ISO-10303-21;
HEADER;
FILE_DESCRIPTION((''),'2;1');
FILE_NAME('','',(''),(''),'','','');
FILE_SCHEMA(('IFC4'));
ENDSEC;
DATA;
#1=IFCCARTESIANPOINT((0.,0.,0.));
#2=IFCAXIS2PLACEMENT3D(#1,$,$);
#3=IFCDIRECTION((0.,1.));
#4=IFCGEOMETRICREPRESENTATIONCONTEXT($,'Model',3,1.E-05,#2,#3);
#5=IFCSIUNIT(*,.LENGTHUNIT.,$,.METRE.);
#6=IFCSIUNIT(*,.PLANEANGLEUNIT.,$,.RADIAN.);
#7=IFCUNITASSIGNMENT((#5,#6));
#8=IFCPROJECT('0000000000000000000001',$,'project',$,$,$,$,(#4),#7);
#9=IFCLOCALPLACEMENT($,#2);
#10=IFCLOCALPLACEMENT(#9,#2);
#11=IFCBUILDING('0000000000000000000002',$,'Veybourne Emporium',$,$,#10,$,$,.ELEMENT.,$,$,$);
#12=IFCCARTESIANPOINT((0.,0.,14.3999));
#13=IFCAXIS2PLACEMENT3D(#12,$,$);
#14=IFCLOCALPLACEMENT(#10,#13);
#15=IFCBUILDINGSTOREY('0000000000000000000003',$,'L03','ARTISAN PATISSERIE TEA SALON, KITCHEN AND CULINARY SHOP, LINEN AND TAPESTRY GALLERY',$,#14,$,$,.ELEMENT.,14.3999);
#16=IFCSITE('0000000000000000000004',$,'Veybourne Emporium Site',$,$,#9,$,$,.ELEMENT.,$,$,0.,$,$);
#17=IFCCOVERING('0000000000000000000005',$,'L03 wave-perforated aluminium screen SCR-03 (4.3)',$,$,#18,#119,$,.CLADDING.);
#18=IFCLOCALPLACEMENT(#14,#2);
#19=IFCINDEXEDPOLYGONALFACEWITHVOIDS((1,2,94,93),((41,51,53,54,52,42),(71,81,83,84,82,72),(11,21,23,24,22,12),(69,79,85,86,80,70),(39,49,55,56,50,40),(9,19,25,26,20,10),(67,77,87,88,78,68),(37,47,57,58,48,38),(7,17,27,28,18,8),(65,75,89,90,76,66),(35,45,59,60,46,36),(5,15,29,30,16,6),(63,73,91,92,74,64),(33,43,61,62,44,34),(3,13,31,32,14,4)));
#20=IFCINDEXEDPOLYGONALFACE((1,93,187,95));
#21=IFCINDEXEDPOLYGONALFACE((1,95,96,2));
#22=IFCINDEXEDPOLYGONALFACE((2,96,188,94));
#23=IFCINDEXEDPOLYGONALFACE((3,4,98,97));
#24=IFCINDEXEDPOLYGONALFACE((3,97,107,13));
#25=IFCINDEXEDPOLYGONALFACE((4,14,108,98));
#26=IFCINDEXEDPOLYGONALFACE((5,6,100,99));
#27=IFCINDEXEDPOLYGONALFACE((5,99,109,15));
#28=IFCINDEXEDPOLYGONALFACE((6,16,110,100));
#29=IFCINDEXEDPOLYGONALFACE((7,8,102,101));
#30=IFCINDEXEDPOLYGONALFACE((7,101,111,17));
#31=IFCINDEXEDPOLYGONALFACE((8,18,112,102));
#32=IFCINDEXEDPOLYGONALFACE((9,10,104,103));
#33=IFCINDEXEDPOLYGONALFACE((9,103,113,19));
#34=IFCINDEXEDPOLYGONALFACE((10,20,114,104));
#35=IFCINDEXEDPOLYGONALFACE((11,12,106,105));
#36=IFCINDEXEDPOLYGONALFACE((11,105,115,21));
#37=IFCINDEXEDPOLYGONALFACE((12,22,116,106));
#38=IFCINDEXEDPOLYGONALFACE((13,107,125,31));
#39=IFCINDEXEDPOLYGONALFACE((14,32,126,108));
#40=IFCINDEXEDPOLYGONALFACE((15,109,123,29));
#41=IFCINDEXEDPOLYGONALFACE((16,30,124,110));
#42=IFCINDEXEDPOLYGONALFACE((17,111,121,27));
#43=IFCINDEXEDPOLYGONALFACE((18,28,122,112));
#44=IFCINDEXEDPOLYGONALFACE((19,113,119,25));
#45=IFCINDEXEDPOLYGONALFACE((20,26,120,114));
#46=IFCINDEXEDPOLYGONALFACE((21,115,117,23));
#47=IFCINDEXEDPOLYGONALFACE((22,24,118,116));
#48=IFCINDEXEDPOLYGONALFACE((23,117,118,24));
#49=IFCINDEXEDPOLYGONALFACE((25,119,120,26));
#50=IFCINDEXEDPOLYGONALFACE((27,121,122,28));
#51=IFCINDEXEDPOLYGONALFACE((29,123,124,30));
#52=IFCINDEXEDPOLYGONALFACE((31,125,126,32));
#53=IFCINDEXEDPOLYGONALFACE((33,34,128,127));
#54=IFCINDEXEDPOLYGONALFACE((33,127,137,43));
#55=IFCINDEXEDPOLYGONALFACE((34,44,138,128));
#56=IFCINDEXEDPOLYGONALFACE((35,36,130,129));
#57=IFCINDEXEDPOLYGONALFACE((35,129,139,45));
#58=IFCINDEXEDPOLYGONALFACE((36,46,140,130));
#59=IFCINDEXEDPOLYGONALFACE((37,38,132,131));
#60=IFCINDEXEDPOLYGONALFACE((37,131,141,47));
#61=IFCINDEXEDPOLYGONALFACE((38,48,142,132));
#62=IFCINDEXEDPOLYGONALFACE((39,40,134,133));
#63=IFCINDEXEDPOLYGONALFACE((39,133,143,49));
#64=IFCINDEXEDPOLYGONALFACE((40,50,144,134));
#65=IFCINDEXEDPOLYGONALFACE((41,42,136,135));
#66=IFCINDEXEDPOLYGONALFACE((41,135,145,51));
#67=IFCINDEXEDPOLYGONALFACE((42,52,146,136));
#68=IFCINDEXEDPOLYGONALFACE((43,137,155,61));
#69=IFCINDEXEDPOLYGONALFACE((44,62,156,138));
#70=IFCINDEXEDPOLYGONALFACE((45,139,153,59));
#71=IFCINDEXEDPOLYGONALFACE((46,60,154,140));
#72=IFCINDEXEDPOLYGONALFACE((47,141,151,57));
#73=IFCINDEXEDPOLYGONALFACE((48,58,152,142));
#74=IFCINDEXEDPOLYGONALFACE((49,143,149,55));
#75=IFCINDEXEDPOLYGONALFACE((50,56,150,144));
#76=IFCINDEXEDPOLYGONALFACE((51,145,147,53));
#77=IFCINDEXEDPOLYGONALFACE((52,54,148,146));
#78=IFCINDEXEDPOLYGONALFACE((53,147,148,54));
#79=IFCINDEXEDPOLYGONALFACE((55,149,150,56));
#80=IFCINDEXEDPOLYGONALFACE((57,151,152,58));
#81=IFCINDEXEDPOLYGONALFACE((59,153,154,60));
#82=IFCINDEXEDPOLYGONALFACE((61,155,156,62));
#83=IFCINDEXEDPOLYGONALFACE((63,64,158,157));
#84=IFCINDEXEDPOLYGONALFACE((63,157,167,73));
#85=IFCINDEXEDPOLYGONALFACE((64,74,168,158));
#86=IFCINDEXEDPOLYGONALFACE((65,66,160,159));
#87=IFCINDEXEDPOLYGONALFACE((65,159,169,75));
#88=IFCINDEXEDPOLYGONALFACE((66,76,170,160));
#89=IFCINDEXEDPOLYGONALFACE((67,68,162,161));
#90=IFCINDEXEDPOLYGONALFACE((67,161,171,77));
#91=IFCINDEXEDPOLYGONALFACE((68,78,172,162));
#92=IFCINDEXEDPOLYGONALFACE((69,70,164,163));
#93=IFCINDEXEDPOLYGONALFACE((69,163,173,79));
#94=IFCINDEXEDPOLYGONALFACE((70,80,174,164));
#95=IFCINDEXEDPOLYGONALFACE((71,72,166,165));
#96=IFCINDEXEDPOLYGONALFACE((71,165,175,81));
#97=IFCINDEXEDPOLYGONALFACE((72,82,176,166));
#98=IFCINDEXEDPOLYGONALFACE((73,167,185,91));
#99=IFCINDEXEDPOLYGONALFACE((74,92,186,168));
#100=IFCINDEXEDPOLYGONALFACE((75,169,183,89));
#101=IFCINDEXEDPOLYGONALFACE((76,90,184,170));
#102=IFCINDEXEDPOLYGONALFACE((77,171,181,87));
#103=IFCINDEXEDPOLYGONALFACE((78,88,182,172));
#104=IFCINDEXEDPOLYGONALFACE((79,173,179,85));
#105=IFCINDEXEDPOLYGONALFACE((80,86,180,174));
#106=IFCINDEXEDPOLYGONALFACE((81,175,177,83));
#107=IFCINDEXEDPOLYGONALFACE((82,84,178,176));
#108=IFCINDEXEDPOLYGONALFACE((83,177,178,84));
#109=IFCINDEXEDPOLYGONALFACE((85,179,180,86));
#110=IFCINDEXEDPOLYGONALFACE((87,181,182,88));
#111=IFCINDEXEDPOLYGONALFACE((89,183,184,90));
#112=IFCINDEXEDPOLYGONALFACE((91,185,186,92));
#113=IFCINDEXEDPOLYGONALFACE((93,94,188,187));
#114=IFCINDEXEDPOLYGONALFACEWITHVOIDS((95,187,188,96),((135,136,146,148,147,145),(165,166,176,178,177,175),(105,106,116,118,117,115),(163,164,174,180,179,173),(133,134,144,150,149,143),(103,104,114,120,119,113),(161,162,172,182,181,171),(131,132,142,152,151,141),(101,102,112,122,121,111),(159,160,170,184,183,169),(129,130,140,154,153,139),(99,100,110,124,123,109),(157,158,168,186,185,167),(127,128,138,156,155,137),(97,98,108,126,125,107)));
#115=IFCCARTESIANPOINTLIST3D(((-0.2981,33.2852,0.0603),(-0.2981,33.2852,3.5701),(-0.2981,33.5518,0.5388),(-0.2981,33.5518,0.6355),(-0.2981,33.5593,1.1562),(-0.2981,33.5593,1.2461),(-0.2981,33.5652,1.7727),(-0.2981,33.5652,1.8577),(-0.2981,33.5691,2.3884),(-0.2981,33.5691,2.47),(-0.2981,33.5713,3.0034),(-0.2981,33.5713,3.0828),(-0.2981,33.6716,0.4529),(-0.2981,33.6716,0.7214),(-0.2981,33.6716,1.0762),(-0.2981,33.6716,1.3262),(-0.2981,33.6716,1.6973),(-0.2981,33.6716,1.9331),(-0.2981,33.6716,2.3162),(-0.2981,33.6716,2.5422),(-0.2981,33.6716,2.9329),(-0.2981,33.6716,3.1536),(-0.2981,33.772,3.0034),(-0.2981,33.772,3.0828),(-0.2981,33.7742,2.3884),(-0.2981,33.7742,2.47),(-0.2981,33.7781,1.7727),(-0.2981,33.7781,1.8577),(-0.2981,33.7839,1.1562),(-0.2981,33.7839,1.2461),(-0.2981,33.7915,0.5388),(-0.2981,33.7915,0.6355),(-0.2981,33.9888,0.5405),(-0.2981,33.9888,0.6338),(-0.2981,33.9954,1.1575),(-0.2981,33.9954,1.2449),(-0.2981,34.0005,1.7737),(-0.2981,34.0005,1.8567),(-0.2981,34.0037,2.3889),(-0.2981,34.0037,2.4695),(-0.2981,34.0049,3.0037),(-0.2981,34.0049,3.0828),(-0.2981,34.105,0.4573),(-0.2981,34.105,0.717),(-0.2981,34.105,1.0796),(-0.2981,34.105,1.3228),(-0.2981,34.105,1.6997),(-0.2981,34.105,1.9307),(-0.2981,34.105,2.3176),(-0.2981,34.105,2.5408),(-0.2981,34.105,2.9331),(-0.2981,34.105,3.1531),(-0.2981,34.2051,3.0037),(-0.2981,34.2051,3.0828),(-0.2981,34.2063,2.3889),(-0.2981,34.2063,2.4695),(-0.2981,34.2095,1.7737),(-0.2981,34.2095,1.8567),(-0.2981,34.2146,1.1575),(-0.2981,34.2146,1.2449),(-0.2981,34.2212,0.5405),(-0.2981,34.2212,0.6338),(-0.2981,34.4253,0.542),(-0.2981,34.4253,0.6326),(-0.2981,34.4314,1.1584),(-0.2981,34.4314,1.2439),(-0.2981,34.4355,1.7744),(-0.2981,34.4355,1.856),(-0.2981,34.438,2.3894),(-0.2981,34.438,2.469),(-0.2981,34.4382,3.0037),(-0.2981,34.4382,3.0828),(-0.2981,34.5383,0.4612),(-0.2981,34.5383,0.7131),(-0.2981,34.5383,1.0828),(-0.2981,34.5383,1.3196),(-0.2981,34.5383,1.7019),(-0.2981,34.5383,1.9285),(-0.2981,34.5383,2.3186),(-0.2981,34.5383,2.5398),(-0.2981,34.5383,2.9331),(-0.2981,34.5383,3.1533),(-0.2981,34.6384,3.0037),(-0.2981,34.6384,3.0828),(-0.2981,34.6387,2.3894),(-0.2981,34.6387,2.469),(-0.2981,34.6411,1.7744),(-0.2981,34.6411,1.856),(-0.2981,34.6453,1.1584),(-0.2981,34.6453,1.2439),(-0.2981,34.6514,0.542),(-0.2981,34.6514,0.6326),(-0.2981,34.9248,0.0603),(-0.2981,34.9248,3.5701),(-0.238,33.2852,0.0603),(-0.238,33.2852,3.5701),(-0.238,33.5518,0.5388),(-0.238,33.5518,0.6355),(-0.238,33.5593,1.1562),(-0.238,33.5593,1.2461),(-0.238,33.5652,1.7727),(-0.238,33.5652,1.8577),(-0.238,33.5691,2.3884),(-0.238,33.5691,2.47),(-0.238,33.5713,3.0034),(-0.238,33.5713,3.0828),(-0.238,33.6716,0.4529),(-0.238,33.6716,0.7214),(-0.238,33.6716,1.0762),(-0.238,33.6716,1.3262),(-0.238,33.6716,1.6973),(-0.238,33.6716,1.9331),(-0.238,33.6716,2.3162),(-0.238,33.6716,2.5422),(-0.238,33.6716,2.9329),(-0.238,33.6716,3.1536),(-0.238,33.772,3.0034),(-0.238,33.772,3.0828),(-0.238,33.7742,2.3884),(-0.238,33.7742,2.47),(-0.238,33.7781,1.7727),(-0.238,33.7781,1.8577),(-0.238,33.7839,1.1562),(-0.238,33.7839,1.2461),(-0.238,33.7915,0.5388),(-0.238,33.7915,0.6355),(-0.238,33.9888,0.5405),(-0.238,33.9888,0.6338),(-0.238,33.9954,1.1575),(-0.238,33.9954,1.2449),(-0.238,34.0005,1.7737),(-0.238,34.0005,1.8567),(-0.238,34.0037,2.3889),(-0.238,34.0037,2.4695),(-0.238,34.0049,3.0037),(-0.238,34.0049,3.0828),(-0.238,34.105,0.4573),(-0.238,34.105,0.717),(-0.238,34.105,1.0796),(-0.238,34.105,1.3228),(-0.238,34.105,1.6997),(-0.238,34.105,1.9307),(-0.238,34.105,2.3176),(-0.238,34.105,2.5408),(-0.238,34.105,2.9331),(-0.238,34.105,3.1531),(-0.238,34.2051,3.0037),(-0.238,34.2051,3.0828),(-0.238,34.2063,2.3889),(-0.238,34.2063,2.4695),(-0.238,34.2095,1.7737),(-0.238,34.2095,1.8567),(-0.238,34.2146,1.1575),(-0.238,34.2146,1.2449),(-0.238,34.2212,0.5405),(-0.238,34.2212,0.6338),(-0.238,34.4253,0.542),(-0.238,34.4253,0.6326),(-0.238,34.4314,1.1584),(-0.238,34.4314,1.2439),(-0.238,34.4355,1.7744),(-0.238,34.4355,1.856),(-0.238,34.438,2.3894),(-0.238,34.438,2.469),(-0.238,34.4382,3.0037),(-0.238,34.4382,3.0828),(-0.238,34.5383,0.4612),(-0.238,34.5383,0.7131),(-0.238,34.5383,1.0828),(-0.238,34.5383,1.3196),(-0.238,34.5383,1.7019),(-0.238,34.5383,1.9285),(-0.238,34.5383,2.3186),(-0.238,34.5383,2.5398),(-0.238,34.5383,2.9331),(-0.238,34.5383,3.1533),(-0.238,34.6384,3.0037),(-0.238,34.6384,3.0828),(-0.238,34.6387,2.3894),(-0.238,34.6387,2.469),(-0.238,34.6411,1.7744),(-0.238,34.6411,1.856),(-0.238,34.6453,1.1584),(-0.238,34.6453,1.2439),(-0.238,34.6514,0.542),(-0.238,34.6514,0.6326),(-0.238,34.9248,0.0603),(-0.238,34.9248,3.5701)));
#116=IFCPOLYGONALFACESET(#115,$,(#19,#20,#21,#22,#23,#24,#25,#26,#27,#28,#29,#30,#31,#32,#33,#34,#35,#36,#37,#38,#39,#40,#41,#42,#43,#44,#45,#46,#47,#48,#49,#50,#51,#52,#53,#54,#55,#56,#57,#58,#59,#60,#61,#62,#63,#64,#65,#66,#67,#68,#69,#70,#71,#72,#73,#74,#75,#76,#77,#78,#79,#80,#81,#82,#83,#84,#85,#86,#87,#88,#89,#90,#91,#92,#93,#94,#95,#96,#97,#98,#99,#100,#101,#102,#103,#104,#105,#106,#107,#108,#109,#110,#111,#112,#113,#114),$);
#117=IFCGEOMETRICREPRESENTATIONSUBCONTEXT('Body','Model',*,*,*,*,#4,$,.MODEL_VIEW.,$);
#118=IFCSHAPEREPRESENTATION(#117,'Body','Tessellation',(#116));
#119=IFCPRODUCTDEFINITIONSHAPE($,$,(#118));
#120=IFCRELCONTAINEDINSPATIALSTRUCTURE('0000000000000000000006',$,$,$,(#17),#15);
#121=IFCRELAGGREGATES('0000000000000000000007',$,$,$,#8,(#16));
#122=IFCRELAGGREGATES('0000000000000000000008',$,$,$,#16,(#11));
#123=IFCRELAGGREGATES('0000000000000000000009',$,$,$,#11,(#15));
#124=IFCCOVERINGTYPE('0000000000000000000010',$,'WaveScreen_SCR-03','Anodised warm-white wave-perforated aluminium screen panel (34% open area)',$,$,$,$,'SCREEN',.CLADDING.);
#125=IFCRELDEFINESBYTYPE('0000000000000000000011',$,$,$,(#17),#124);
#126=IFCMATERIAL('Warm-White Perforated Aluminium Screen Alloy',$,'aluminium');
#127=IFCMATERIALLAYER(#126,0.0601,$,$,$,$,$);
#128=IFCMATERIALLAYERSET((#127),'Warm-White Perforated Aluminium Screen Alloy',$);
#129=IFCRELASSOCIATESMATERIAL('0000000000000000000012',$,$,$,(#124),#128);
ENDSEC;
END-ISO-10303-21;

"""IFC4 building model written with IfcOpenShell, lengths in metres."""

from ifc_helpers import new_model, si_unit, direction, frame, origin, place, context, subcontext, project, spatial, polyline, outline, extrude, material, layer, layer_set, type_object, element, save


model = new_model("IFC4")

# Units and contexts
model_context = context("Model", 3, precision=1e-05, world=origin(), true_north=direction((0.0, 1.0)))
body_context = subcontext(model_context, "Body", "Model", "MODEL_VIEW")
ifc_project = project(units=[si_unit("LENGTHUNIT", "METRE"), si_unit("PLANEANGLEUNIT", "RADIAN")], contexts=[model_context])

# Site, building, storey
site_placement = place(None, origin())
site = spatial("IfcSite", under=ifc_project, at=site_placement, Name="Veybourne Emporium Site", CompositionType="ELEMENT", RefElevation=0.0)
building_placement = place(site_placement, origin())
building = spatial("IfcBuilding", under=site, at=building_placement, Name="Veybourne Emporium", CompositionType="ELEMENT")
storey_placement = place(building_placement, frame((0.0, 0.0, 14.3999)))
storey = spatial("IfcBuildingStorey", under=building, at=storey_placement, Name="L03", Description="ARTISAN PATISSERIE TEA SALON, KITCHEN AND CULINARY SHOP, LINEN AND TAPESTRY GALLERY", CompositionType="ELEMENT", Elevation=14.3999)

# Covering
ifc_material_1 = material(Name="Warm-White Perforated Aluminium Screen Alloy", Category="aluminium")
ifc_layer_1 = layer(ifc_material_1, 0.0601)
ifc_layer_set_1 = layer_set([ifc_layer_1], Name="Warm-White Perforated Aluminium Screen Alloy")
covering_type_1 = type_object("IfcCoveringType", Name="WaveScreen_SCR-03", Description="Anodised warm-white wave-perforated aluminium screen panel (34% open area)", ElementType="SCREEN", PredefinedType="CLADDING", material=ifc_layer_set_1)
covering_1_placement = place(storey_placement, frame((-0.2981, 34.105, 1.8152), z_axis=(1.0, 0.0, 0.0), x_axis=(0.0, 1.0, 0.0)))
element("IfcCovering", 1, at=covering_1_placement, inside=storey, type_object=covering_type_1, Name="L03 wave-perforated aluminium screen SCR-03 (4.3)", PredefinedType="CLADDING", context=body_context, shape_type="SweptSolid", body=[
    extrude(outline(polyline([(-0.8198, -1.7549), (0.8198, -1.7549), (0.8198, 1.7549), (-0.8198, 1.7549), (-0.8198, -1.7549)]), holes=[polyline([(-0.4333, -1.0938), (-0.3135, -1.1797), (-0.3135, -1.2764), (-0.4333, -1.3623), (-0.5532, -1.2764), (-0.5532, -1.1797), (-0.4333, -1.0938)]), polyline([(-0.4333, -0.489), (-0.321, -0.5691), (-0.321, -0.6589), (-0.4333, -0.739), (-0.5457, -0.6589), (-0.5457, -0.5691), (-0.4333, -0.489)]), polyline([(-0.4333, 0.1179), (-0.3269, 0.0425), (-0.3269, -0.0425), (-0.4333, -0.1179), (-0.5398, -0.0425), (-0.5398, 0.0425), (-0.4333, 0.1179)]), polyline([(-0.4333, 0.7271), (-0.3308, 0.6548), (-0.3308, 0.5732), (-0.4333, 0.501), (-0.5359, 0.5732), (-0.5359, 0.6548), (-0.4333, 0.7271)]), polyline([(-0.4333, 1.3384), (-0.333, 1.2676), (-0.333, 1.1882), (-0.4333, 1.1177), (-0.5337, 1.1882), (-0.5337, 1.2676), (-0.4333, 1.3384)]), polyline([(0.0, -1.0981), (0.1162, -1.1814), (0.1162, -1.2747), (0.0, -1.3579), (-0.1162, -1.2747), (-0.1162, -1.1814), (0.0, -1.0981)]), polyline([(0.0, -0.4924), (0.1096, -0.5703), (0.1096, -0.6577), (0.0, -0.7356), (-0.1096, -0.6577), (-0.1096, -0.5703), (0.0, -0.4924)]), polyline([(0.0, 0.1155), (0.1045, 0.0415), (0.1045, -0.0415), (0.0, -0.1155), (-0.1045, -0.0415), (-0.1045, 0.0415), (0.0, 0.1155)]), polyline([(0.0, 0.7256), (0.1013, 0.6543), (0.1013, 0.5737), (0.0, 0.5024), (-0.1013, 0.5737), (-0.1013, 0.6543), (0.0, 0.7256)]), polyline([(0.0, 1.3379), (0.1001, 1.2676), (0.1001, 1.1885), (0.0, 1.1179), (-0.1001, 1.1885), (-0.1001, 1.2676), (0.0, 1.3379)]), polyline([(0.4333, -1.1021), (0.5464, -1.1826), (0.5464, -1.2732), (0.4333, -1.354), (0.3203, -1.2732), (0.3203, -1.1826), (0.4333, -1.1021)]), polyline([(0.4333, -0.4956), (0.5403, -0.5713), (0.5403, -0.6567), (0.4333, -0.7324), (0.3264, -0.6567), (0.3264, -0.5713), (0.4333, -0.4956)]), polyline([(0.4333, 0.1133), (0.5361, 0.0408), (0.5361, -0.0408), (0.4333, -0.1133), (0.3306, -0.0408), (0.3306, 0.0408), (0.4333, 0.1133)]), polyline([(0.4333, 0.7246), (0.5337, 0.6538), (0.5337, 0.5742), (0.4333, 0.5034), (0.333, 0.5742), (0.333, 0.6538), (0.4333, 0.7246)]), polyline([(0.4333, 1.3381), (0.5334, 1.2676), (0.5334, 1.1885), (0.4333, 1.1179), (0.3333, 1.1885), (0.3333, 1.2676), (0.4333, 1.3381)])]), origin(), (0.0, 0.0, 1.0), 0.0601),
])

save(model, "model.ifc")
